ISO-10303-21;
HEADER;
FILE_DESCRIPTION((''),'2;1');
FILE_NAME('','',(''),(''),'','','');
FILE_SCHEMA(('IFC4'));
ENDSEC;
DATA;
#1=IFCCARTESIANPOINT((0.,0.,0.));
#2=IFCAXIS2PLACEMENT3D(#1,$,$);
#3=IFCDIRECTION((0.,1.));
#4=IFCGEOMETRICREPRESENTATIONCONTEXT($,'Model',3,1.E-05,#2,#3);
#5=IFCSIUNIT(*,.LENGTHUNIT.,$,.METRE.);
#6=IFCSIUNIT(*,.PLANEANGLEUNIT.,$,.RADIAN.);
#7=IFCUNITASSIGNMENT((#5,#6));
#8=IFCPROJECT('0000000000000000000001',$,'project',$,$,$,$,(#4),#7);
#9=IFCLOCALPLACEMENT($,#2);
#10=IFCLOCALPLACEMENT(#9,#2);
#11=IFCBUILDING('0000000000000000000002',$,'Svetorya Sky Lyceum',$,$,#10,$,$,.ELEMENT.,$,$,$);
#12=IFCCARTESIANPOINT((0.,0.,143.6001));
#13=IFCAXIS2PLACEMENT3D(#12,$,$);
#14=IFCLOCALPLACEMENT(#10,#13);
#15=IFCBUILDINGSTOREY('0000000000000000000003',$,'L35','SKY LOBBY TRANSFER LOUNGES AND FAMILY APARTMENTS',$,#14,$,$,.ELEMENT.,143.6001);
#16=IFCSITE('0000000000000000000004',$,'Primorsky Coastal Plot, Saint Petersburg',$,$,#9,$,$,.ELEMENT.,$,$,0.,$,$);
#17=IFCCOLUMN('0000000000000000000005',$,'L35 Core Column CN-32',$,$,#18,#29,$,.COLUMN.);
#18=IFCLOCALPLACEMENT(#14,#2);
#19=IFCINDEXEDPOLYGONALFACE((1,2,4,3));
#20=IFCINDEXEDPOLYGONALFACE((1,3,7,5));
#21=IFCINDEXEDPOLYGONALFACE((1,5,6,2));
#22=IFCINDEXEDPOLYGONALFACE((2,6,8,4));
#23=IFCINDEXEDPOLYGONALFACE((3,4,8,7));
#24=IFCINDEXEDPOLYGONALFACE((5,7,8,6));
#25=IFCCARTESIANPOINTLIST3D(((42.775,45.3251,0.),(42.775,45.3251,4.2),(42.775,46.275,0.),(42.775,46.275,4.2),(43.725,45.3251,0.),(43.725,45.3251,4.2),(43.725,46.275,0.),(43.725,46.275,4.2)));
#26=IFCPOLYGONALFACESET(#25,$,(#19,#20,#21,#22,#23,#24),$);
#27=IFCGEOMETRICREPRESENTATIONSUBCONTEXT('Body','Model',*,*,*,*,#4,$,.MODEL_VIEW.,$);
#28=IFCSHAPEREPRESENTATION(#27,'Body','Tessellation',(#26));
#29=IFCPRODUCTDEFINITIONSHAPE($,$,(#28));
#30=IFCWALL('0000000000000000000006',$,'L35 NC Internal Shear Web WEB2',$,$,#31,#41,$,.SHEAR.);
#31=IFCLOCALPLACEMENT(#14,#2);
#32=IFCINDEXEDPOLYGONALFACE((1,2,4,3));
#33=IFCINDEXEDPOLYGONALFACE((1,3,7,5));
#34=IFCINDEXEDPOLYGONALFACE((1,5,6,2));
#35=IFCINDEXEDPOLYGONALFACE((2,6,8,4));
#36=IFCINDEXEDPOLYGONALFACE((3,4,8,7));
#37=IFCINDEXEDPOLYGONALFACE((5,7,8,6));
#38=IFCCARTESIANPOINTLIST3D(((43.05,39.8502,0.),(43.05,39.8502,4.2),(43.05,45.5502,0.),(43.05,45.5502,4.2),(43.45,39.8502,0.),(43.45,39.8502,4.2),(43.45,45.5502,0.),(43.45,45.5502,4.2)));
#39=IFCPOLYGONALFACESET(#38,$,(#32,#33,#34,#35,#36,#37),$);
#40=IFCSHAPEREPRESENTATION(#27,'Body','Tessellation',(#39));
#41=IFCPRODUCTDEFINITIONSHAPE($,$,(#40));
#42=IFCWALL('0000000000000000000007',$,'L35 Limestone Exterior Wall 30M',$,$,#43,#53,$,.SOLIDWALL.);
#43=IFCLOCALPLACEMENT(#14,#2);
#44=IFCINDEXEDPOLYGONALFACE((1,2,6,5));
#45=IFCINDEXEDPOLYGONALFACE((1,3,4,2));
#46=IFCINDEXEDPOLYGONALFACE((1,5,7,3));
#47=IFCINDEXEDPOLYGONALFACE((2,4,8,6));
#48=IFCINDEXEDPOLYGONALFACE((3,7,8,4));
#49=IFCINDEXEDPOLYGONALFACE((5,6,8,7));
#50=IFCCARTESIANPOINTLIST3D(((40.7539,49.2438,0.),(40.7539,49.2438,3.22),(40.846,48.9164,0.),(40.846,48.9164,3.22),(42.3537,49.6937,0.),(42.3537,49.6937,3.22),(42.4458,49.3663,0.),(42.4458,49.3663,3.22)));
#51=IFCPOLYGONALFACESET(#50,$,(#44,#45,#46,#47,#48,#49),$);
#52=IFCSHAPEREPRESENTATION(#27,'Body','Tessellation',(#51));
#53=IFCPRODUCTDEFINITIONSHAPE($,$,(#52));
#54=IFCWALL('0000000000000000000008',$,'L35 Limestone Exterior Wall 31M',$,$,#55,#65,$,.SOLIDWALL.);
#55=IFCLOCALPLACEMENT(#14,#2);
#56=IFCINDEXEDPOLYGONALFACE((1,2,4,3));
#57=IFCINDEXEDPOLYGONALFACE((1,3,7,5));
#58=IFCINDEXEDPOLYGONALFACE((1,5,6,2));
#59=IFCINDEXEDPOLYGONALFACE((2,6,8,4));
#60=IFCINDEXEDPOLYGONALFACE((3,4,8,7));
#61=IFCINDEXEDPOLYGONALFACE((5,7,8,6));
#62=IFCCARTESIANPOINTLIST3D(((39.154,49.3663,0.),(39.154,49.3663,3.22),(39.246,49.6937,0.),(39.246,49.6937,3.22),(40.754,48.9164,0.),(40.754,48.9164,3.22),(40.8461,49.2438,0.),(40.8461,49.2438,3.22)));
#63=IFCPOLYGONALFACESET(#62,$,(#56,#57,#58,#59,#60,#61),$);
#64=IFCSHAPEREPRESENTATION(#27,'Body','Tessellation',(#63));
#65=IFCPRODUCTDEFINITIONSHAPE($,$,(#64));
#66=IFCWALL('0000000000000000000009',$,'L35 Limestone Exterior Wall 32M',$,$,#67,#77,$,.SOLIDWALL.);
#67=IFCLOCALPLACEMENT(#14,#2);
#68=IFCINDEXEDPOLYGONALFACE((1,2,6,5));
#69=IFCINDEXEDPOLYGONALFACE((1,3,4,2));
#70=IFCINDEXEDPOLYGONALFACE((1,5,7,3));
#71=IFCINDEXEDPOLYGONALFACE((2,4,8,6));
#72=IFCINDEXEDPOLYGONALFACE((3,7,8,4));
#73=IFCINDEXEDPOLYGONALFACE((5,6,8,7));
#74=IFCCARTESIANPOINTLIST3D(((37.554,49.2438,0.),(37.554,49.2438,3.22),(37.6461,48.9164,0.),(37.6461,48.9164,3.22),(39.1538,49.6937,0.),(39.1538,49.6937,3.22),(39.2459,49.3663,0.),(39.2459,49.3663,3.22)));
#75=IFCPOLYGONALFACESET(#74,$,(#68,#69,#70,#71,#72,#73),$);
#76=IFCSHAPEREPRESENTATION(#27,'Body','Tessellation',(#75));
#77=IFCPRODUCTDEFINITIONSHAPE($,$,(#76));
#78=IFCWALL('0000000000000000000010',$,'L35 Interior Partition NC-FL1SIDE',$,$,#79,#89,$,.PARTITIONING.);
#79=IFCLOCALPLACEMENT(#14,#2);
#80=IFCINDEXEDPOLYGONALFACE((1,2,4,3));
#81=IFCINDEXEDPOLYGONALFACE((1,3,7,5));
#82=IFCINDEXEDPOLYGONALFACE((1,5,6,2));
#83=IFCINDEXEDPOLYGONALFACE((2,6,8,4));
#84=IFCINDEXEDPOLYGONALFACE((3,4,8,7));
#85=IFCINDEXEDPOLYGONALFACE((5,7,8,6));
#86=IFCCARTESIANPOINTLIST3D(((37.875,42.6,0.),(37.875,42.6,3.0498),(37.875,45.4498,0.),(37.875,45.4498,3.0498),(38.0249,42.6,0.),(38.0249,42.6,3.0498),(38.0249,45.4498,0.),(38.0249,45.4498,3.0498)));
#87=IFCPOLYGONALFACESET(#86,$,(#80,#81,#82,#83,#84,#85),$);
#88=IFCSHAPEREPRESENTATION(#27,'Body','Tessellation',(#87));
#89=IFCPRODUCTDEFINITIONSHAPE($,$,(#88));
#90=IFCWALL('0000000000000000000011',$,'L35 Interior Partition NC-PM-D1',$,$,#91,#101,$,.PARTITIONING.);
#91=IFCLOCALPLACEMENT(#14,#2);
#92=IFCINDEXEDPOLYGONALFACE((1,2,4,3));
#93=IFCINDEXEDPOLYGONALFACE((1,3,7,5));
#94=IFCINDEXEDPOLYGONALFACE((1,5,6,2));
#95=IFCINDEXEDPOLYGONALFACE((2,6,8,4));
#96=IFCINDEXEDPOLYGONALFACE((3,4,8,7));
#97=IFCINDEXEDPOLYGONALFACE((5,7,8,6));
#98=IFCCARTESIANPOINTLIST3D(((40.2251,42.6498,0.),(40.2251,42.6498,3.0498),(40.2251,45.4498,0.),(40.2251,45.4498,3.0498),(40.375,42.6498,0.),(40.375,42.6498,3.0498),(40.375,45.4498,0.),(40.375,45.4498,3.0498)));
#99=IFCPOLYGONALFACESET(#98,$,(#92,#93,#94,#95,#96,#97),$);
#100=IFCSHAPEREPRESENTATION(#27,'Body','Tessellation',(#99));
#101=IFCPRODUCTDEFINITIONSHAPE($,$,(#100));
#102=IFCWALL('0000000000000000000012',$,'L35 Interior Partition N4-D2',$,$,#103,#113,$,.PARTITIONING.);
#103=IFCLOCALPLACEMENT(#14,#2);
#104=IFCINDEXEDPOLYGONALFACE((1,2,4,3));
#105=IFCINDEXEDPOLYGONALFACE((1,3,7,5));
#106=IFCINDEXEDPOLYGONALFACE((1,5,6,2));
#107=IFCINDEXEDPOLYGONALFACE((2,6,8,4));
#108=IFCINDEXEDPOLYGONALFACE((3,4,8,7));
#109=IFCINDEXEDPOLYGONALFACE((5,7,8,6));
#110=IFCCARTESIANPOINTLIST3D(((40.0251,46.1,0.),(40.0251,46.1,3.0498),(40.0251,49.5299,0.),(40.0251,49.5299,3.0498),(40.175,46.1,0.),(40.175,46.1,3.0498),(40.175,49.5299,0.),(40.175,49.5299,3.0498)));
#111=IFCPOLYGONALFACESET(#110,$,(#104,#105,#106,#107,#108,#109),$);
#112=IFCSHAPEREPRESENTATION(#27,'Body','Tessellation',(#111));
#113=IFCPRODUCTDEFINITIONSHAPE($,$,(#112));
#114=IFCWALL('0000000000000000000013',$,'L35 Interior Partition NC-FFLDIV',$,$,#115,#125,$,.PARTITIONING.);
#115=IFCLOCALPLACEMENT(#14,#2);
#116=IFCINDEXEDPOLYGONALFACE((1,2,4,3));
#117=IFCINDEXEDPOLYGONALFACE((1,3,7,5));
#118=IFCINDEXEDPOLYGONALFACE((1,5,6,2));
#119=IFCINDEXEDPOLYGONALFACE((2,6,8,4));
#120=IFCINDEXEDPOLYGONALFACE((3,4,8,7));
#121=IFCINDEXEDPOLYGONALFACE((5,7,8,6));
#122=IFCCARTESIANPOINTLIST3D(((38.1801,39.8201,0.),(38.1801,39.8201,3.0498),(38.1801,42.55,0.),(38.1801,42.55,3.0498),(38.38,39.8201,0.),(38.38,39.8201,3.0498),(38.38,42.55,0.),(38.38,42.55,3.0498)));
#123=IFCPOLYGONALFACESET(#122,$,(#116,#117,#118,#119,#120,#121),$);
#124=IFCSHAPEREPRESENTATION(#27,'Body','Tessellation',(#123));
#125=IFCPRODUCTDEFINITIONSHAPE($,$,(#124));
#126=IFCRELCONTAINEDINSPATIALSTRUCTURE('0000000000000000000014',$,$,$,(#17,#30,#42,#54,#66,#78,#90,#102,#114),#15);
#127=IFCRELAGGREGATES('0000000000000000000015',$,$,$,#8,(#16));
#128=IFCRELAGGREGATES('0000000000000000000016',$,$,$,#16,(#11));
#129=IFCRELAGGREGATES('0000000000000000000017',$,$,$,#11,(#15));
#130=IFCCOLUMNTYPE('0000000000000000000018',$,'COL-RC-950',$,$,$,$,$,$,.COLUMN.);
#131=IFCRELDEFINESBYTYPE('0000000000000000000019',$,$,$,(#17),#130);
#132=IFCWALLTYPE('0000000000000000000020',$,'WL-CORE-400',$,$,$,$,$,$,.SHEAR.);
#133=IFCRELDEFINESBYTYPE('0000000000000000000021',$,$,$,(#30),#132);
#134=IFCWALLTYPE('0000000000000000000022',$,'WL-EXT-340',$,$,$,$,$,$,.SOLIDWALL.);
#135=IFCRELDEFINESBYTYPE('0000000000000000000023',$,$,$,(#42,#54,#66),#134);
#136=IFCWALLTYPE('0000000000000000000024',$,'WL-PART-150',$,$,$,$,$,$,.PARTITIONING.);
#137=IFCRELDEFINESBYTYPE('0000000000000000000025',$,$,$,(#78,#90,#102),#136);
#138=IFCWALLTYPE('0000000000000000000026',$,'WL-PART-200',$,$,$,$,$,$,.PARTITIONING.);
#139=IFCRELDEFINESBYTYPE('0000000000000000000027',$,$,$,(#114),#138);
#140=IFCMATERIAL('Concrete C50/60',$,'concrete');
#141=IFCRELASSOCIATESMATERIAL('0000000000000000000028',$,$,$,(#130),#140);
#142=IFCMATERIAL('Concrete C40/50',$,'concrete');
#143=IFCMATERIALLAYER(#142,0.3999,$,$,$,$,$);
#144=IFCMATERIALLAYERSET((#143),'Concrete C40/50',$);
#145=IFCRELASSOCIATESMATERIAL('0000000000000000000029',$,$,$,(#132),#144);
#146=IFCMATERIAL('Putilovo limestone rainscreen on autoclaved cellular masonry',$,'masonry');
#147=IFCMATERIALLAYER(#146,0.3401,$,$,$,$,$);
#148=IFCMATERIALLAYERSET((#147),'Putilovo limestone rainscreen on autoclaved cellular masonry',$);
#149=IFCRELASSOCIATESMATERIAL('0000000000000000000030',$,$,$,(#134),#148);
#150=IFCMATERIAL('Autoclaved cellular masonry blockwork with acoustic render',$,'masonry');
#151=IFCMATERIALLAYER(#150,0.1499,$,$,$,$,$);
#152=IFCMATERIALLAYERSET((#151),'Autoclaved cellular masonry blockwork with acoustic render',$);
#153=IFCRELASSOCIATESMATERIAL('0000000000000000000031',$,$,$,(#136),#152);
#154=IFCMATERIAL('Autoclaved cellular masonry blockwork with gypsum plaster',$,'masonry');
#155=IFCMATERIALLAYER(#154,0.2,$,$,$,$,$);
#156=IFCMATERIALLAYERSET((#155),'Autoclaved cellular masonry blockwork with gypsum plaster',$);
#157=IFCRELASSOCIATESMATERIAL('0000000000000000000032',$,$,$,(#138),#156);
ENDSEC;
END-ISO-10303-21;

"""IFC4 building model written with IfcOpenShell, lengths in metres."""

from ifc_helpers import new_model, si_unit, direction, frame, frame_2d, origin, origin_2d, place, context, subcontext, project, spatial, rectangle, extrude, material, layer, layer_set, material_profile, profile_set, type_object, element, save


model = new_model("IFC4")

# Units and contexts
model_context = context("Model", 3, precision=1e-05, world=origin(), true_north=direction((0.0, 1.0)))
body_context = subcontext(model_context, "Body", "Model", "MODEL_VIEW")
ifc_project = project(units=[si_unit("LENGTHUNIT", "METRE"), si_unit("PLANEANGLEUNIT", "RADIAN")], contexts=[model_context])

# Site, building, storey
site_placement = place(None, origin())
site = spatial("IfcSite", under=ifc_project, at=site_placement, Name="Primorsky Coastal Plot, Saint Petersburg", CompositionType="ELEMENT", RefElevation=0.0)
building_placement = place(site_placement, origin())
building = spatial("IfcBuilding", under=site, at=building_placement, Name="Svetorya Sky Lyceum", CompositionType="ELEMENT")
storey_placement = place(building_placement, frame((0.0, 0.0, 143.6001)))
storey = spatial("IfcBuildingStorey", under=building, at=storey_placement, Name="L35", Description="SKY LOBBY TRANSFER LOUNGES AND FAMILY APARTMENTS", CompositionType="ELEMENT", Elevation=143.6001)

# Column
ifc_material_1 = material(Name="Concrete C50/60", Category="concrete")
ifc_material_profile = material_profile(ifc_material_1, rectangle(XDim=0.95, YDim=0.95, at=origin_2d()), Name="RC COL 950x950")
ifc_profile_set = profile_set([ifc_material_profile], Name="Concrete C50/60")
column_type = type_object("IfcColumnType", Name="COL-RC-950", PredefinedType="COLUMN", material=ifc_profile_set)
column_placement = place(storey_placement, frame((43.25, 45.8, 0.0), z_axis=(0.0, 0.0, 1.0), x_axis=(1.0, 0.0, 0.0)))
element("IfcColumn", 1, at=column_placement, inside=storey, type_object=column_type, Name="L35 Core Column CN-32", PredefinedType="COLUMN", context=body_context, shape_type="SweptSolid", body=[
    extrude(rectangle(XDim=0.95, YDim=0.95, at=origin_2d()), origin(), (0.0, 0.0, 1.0), 4.2),
])

# Walls
ifc_material_2 = material(Name="Concrete C40/50", Category="concrete")
ifc_layer_1 = layer(ifc_material_2, 0.3999)
ifc_layer_set_1 = layer_set([ifc_layer_1], Name="Concrete C40/50")
wall_type_1 = type_object("IfcWallType", Name="WL-CORE-400", PredefinedType="SHEAR", material=ifc_layer_set_1)
wall_1_placement = place(storey_placement, frame((43.25, 39.8501, 0.0), z_axis=(0.0, 0.0, 1.0), x_axis=(0.0, 1.0, 0.0)))
element("IfcWall", 2, at=wall_1_placement, inside=storey, type_object=wall_type_1, Name="L35 NC Internal Shear Web WEB2", PredefinedType="SHEAR", context=body_context, shape_type="SweptSolid", body=[
    extrude(rectangle(XDim=5.7, YDim=0.3999, at=frame_2d((2.8501, 0.0))), origin(), (0.0, 0.0, 1.0), 4.2),
])
ifc_material_3 = material(Name="Putilovo limestone rainscreen on autoclaved cellular masonry", Category="masonry")
ifc_layer_2 = layer(ifc_material_3, 0.3401)
ifc_layer_set_2 = layer_set([ifc_layer_2], Name="Putilovo limestone rainscreen on autoclaved cellular masonry")
wall_type_2 = type_object("IfcWallType", Name="WL-EXT-340", PredefinedType="SOLIDWALL", material=ifc_layer_set_2)
wall_2_placement = place(storey_placement, frame((42.3999, 49.53, 0.0), z_axis=(0.0, 0.0, 1.0), x_axis=(-0.962652, -0.270741, 0.0)))
element("IfcWall", 3, at=wall_2_placement, inside=storey, type_object=wall_type_2, Name="L35 Limestone Exterior Wall 30M", PredefinedType="SOLIDWALL", context=body_context, shape_type="SweptSolid", body=[
    extrude(rectangle(XDim=1.6619, YDim=0.3401, at=frame_2d((0.8311, 0.0))), origin(), (0.0, 0.0, 1.0), 3.22),
])
wall_3_placement = place(storey_placement, frame((40.8, 49.0801, 0.0), z_axis=(0.0, 0.0, 1.0), x_axis=(-0.962663, 0.270703, 0.0)))
element("IfcWall", 4, at=wall_3_placement, inside=storey, type_object=wall_type_2, Name="L35 Limestone Exterior Wall 31M", PredefinedType="SOLIDWALL", context=body_context, shape_type="SweptSolid", body=[
    extrude(rectangle(XDim=1.6621, YDim=0.3401, at=frame_2d((0.8311, 0.0))), origin(), (0.0, 0.0, 1.0), 3.22),
])
wall_4_placement = place(storey_placement, frame((39.2, 49.53, 0.0), z_axis=(0.0, 0.0, 1.0), x_axis=(-0.962652, -0.270741, 0.0)))
element("IfcWall", 5, at=wall_4_placement, inside=storey, type_object=wall_type_2, Name="L35 Limestone Exterior Wall 32M", PredefinedType="SOLIDWALL", context=body_context, shape_type="SweptSolid", body=[
    extrude(rectangle(XDim=1.6619, YDim=0.3401, at=frame_2d((0.8311, 0.0))), origin(), (0.0, 0.0, 1.0), 3.22),
])
ifc_material_4 = material(Name="Autoclaved cellular masonry blockwork with acoustic render", Category="masonry")
ifc_layer_3 = layer(ifc_material_4, 0.1499)
ifc_layer_set_3 = layer_set([ifc_layer_3], Name="Autoclaved cellular masonry blockwork with acoustic render")
wall_type_3 = type_object("IfcWallType", Name="WL-PART-150", PredefinedType="PARTITIONING", material=ifc_layer_set_3)
wall_5_placement = place(storey_placement, frame((37.95, 42.6001, 0.0), z_axis=(0.0, 0.0, 1.0), x_axis=(0.0, 1.0, 0.0)))
element("IfcWall", 6, at=wall_5_placement, inside=storey, type_object=wall_type_3, Name="L35 Interior Partition NC-FL1SIDE", PredefinedType="PARTITIONING", context=body_context, shape_type="SweptSolid", body=[
    extrude(rectangle(XDim=2.8499, YDim=0.1499, at=frame_2d((1.4248, 0.0))), origin(), (0.0, 0.0, 1.0), 3.0498),
])
wall_6_placement = place(storey_placement, frame((40.3, 42.6499, 0.0), z_axis=(0.0, 0.0, 1.0), x_axis=(0.0, 1.0, 0.0)))
element("IfcWall", 7, at=wall_6_placement, inside=storey, type_object=wall_type_3, Name="L35 Interior Partition NC-PM-D1", PredefinedType="PARTITIONING", context=body_context, shape_type="SweptSolid", body=[
    extrude(rectangle(XDim=2.8, YDim=0.1499, at=frame_2d((1.3999, 0.0))), origin(), (0.0, 0.0, 1.0), 3.0498),
])
wall_7_placement = place(storey_placement, frame((40.1001, 46.1001, 0.0), z_axis=(0.0, 0.0, 1.0), x_axis=(0.0, 1.0, 0.0)))
element("IfcWall", 8, at=wall_7_placement, inside=storey, type_object=wall_type_3, Name="L35 Interior Partition N4-D2", PredefinedType="PARTITIONING", context=body_context, shape_type="SweptSolid", body=[
    extrude(rectangle(XDim=3.4299, YDim=0.1499, at=frame_2d((1.7148, 0.0))), origin(), (0.0, 0.0, 1.0), 3.0498),
])
ifc_material_5 = material(Name="Autoclaved cellular masonry blockwork with gypsum plaster", Category="masonry")
ifc_layer_4 = layer(ifc_material_5, 0.2)
ifc_layer_set_4 = layer_set([ifc_layer_4], Name="Autoclaved cellular masonry blockwork with gypsum plaster")
wall_type_4 = type_object("IfcWallType", Name="WL-PART-200", PredefinedType="PARTITIONING", material=ifc_layer_set_4)
wall_8_placement = place(storey_placement, frame((38.28, 39.8201, 0.0), z_axis=(0.0, 0.0, 1.0), x_axis=(0.0, 1.0, 0.0)))
element("IfcWall", 9, at=wall_8_placement, inside=storey, type_object=wall_type_4, Name="L35 Interior Partition NC-FFLDIV", PredefinedType="PARTITIONING", context=body_context, shape_type="SweptSolid", body=[
    extrude(rectangle(XDim=2.73, YDim=0.2, at=frame_2d((1.365, 0.0))), origin(), (0.0, 0.0, 1.0), 3.0498),
])

save(model, "model.ifc")
